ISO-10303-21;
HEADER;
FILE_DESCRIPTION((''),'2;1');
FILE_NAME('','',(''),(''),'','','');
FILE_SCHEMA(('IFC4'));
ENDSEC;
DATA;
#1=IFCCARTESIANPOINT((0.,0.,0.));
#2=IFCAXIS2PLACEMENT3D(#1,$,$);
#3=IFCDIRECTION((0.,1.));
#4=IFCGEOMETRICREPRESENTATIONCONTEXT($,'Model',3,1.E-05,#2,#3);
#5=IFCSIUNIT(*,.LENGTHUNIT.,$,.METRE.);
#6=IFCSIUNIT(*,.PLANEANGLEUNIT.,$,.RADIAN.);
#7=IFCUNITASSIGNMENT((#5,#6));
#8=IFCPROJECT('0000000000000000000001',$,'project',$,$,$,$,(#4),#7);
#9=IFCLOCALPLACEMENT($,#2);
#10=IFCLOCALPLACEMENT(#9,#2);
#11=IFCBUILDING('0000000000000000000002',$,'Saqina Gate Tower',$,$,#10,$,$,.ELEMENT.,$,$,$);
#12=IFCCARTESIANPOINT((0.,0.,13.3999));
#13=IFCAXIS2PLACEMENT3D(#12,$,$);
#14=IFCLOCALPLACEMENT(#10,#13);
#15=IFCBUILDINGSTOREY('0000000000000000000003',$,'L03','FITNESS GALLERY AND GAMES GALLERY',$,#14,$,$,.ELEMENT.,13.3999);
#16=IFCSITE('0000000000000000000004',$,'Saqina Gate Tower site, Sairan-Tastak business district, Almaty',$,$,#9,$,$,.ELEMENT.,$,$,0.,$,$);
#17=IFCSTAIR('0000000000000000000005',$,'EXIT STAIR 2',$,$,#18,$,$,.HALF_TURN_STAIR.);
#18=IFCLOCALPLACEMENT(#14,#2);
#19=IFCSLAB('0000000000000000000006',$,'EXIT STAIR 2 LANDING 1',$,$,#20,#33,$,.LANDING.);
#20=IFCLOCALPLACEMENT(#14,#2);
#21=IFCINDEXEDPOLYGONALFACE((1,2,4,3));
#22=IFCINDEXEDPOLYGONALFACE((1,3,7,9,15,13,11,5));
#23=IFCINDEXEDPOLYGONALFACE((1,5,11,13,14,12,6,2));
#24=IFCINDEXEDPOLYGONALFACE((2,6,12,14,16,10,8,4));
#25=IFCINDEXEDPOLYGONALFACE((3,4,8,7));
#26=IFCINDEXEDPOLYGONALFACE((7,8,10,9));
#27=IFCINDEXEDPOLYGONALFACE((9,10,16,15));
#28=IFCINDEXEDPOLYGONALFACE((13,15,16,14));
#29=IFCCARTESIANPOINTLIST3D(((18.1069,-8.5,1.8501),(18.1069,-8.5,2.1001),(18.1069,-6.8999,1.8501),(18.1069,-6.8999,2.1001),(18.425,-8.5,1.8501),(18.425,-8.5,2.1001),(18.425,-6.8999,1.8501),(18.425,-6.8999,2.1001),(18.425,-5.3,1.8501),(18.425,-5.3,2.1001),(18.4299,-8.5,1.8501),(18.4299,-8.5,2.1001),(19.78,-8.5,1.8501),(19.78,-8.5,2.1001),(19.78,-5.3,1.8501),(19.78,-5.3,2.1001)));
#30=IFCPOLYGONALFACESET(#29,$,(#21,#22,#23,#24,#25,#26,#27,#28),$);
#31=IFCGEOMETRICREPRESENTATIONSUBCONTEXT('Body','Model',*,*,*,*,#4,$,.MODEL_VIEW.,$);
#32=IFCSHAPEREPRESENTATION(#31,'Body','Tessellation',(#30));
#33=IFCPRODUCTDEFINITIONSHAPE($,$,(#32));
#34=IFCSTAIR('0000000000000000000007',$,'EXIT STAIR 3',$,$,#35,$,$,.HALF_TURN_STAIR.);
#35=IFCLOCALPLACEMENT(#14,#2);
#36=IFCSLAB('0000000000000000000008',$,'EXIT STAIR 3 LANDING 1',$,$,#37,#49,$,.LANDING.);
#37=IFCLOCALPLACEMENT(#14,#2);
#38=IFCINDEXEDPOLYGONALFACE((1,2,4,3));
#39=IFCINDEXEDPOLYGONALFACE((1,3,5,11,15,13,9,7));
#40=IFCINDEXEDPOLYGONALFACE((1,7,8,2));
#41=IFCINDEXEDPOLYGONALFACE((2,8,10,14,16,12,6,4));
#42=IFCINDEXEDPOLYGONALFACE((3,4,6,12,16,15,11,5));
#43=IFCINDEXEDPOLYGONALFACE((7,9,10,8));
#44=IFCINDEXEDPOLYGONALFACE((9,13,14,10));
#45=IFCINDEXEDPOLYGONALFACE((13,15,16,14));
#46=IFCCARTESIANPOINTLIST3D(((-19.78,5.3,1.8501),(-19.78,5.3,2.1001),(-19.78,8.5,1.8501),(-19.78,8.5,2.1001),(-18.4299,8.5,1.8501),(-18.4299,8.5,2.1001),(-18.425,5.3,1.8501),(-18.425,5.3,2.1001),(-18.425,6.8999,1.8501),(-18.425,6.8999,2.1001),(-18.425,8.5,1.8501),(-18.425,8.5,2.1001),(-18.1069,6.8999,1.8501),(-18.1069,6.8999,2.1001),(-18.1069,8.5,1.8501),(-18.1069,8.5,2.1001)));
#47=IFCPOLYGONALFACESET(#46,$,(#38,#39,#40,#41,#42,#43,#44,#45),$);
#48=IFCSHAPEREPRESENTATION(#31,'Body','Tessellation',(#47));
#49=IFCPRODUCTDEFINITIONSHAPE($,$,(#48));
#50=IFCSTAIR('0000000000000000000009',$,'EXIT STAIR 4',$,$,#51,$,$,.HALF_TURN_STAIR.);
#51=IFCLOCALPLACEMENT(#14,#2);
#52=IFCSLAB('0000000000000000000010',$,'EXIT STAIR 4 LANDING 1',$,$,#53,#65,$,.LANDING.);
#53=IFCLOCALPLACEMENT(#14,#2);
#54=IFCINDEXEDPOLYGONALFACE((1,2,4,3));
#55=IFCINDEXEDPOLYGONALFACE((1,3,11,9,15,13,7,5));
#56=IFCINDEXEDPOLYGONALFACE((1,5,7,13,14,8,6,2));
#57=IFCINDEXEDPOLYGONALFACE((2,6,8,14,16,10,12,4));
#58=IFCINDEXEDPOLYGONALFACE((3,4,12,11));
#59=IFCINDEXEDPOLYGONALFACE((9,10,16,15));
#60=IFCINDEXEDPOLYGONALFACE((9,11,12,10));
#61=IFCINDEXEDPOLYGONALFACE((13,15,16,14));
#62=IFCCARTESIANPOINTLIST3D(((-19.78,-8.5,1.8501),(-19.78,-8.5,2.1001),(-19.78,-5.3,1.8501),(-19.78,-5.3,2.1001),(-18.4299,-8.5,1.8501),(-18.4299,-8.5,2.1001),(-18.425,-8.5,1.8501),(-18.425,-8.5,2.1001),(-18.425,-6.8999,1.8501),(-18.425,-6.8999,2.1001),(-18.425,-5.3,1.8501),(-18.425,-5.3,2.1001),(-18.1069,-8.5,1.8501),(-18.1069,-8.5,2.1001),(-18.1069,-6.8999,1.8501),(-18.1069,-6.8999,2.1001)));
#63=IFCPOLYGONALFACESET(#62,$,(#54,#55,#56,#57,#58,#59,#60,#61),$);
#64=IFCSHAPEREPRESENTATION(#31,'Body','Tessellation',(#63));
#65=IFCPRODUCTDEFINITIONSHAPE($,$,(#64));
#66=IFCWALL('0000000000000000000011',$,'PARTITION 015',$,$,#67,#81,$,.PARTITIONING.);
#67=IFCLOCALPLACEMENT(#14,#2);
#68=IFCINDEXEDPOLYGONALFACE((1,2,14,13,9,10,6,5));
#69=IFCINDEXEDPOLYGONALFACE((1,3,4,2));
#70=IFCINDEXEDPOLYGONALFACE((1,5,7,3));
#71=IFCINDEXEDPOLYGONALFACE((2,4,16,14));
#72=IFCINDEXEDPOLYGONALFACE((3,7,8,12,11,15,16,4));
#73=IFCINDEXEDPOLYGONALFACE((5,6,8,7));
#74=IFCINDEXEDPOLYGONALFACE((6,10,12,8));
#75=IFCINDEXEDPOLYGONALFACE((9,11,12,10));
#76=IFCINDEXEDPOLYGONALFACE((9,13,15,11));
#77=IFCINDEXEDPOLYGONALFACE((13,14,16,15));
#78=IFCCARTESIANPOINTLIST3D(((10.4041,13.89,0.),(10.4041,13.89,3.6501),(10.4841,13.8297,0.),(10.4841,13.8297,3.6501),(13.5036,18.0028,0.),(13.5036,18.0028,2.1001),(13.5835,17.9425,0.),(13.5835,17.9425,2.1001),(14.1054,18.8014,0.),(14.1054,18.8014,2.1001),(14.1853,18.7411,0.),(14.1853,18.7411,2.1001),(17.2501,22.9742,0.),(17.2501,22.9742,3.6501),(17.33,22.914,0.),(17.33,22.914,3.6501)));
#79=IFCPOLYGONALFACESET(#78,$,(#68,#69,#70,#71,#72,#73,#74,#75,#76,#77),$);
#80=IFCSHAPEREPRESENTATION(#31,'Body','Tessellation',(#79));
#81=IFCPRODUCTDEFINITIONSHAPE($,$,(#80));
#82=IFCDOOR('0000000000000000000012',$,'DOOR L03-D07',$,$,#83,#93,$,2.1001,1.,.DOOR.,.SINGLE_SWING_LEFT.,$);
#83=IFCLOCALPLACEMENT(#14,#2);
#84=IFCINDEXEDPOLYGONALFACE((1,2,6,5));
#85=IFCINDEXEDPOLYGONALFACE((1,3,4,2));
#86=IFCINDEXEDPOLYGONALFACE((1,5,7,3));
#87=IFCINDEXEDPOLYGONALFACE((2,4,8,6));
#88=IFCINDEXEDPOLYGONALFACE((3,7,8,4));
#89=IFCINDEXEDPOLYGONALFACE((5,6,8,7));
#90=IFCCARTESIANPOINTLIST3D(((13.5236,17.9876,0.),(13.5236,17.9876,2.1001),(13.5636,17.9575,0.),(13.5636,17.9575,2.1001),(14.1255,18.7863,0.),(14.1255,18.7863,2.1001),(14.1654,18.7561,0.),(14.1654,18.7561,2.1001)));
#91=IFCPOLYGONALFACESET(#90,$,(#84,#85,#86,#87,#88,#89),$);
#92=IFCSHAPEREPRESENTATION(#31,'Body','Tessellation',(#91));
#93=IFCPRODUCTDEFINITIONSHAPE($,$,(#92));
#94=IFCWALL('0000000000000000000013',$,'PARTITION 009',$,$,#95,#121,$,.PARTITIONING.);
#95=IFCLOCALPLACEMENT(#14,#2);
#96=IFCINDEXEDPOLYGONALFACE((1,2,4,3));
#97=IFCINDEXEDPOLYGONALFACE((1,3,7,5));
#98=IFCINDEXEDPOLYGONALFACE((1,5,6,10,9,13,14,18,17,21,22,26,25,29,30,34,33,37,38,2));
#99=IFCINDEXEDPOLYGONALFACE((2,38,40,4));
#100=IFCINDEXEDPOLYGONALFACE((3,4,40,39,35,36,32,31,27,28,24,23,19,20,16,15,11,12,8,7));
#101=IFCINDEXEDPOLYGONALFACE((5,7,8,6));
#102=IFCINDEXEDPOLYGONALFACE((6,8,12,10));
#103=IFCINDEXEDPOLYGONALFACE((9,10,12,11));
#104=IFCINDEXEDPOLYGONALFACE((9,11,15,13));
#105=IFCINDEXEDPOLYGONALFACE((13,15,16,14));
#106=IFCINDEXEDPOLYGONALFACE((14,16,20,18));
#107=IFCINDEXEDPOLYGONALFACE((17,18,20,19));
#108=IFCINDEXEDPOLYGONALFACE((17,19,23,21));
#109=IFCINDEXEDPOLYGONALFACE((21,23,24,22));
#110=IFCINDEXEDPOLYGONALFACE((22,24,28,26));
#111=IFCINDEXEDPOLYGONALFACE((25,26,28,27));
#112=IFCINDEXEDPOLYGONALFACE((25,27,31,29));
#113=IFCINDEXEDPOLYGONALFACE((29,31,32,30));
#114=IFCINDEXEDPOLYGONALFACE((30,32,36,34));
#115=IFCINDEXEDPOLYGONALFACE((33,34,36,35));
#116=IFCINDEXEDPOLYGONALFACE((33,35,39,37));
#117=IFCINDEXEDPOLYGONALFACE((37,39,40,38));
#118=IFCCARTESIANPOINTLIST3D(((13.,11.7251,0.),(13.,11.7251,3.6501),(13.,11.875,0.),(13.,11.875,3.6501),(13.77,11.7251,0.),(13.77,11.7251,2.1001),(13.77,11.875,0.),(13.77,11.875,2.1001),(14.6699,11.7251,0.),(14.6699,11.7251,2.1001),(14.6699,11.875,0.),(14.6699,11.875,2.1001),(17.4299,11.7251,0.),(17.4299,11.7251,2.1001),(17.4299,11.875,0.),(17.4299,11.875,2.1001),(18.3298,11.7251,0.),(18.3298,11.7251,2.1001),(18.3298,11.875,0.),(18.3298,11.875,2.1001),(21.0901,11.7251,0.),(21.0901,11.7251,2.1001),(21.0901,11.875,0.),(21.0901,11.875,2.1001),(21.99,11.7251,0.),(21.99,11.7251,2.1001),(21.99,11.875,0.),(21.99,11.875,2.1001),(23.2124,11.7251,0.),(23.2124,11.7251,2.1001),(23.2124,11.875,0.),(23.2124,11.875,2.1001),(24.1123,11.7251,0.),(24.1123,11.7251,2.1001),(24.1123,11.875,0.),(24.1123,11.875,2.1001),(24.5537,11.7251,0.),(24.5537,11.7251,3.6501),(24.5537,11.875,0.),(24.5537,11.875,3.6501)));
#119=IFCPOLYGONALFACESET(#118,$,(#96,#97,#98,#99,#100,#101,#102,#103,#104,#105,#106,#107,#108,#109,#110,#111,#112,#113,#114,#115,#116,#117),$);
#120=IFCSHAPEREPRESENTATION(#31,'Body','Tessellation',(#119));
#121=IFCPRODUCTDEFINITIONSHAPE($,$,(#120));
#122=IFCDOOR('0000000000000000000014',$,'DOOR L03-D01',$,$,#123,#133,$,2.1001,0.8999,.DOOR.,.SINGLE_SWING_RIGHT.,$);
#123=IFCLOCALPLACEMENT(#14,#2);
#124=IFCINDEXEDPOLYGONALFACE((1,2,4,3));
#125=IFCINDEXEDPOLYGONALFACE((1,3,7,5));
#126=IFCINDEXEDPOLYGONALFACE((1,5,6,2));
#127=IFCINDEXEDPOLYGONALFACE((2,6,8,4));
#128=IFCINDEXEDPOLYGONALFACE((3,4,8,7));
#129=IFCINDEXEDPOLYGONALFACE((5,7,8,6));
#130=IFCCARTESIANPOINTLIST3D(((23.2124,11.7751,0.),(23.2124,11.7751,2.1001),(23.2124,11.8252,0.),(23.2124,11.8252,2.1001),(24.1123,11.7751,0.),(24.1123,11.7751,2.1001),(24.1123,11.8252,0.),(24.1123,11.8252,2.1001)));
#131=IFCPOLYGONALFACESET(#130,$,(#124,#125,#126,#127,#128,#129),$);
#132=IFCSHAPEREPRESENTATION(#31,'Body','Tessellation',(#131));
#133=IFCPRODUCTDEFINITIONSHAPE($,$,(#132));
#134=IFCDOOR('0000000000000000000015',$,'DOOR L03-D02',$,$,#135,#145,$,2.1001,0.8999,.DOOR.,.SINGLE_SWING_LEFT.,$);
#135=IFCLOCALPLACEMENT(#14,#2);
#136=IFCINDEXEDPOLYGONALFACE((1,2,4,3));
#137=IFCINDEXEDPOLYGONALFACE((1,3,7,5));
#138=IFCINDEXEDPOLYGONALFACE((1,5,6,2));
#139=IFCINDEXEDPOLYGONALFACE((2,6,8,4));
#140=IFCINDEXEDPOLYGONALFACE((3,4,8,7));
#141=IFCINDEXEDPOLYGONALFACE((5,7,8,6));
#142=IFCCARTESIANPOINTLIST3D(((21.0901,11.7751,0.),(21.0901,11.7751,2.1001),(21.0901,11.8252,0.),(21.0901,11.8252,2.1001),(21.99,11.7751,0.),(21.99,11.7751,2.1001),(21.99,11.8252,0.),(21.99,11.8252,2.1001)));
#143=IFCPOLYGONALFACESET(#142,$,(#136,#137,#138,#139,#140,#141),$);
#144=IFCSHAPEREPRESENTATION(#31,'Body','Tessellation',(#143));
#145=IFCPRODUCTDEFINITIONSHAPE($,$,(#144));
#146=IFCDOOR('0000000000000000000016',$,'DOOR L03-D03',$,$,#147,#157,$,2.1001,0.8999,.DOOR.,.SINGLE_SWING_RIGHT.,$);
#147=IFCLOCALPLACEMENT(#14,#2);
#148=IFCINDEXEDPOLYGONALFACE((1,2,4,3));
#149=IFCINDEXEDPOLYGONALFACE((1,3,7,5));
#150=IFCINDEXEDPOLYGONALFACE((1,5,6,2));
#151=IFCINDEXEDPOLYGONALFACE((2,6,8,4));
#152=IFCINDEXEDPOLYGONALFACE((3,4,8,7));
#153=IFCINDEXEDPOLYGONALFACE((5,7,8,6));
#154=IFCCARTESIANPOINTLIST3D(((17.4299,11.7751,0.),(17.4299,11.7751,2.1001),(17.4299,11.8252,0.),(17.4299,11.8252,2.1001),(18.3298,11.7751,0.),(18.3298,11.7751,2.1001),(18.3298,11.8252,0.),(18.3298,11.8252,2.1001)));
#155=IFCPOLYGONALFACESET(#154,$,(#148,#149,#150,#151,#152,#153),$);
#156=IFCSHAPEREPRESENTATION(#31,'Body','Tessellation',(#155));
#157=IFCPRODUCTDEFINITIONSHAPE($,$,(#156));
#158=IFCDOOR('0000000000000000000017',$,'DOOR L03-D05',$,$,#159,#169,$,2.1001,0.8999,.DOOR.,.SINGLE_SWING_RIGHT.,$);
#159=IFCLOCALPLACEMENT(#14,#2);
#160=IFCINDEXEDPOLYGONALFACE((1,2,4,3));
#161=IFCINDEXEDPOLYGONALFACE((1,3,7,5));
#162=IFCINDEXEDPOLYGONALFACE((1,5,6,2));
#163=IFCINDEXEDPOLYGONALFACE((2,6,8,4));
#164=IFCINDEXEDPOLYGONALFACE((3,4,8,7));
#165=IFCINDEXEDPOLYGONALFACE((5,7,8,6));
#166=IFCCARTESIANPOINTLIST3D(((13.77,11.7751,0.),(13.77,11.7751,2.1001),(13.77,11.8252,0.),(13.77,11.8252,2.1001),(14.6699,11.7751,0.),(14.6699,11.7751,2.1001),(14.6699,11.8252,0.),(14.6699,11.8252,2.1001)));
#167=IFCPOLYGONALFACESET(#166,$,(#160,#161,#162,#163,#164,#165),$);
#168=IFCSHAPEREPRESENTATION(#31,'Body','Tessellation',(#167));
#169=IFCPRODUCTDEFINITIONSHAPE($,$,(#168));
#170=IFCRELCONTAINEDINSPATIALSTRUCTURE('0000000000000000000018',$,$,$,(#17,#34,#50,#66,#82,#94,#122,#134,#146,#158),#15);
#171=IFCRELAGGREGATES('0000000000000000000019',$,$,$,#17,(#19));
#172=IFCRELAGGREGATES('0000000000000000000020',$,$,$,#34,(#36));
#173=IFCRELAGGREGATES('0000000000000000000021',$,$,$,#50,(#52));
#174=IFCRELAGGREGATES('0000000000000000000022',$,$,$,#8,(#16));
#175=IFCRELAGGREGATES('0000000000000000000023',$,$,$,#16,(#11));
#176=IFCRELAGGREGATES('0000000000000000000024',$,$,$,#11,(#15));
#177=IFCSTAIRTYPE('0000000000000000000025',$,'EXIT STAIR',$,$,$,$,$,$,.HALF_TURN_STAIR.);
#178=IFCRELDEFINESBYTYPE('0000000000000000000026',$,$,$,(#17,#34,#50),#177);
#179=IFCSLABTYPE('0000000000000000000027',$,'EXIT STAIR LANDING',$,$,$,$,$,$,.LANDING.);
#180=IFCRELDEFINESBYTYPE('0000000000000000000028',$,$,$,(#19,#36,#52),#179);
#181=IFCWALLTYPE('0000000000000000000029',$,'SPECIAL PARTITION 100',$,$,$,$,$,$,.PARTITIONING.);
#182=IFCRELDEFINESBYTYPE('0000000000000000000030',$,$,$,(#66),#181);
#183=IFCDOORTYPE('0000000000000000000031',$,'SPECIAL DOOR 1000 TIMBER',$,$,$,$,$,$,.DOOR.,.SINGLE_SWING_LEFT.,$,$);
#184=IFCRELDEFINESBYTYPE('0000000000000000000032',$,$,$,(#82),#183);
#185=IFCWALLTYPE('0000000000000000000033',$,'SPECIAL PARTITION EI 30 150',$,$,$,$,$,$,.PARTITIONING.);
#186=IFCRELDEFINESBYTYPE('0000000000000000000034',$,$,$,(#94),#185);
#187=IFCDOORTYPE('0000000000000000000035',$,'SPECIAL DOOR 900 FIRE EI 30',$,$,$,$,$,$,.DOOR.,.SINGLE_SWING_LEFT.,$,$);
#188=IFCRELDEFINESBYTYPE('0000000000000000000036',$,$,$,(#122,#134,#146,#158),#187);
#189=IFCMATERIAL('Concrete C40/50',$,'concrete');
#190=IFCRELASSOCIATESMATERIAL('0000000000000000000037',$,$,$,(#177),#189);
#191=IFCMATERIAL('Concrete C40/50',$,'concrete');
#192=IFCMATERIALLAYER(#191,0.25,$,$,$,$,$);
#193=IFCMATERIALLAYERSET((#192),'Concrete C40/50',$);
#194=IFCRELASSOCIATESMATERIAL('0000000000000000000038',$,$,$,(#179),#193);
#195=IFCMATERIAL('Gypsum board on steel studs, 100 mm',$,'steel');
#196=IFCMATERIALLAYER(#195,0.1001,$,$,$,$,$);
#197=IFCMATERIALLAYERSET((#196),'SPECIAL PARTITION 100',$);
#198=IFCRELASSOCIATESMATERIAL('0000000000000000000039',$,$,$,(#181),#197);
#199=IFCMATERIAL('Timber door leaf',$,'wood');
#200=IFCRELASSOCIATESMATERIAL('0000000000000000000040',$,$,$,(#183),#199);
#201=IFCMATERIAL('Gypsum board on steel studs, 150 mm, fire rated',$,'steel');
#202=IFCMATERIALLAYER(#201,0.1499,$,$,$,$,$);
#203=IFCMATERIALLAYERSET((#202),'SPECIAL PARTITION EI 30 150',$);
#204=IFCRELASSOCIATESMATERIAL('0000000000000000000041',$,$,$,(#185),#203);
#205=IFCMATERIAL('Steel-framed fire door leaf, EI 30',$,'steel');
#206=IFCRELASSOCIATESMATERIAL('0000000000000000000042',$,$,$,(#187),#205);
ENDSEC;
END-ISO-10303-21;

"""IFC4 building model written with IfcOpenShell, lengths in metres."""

from ifc_helpers import new_model, si_unit, direction, frame, frame_2d, origin, place, context, subcontext, project, spatial, polyline, rectangle, outline, extrude, material, layer, layer_set, type_object, element, fill, aggregate, save


model = new_model("IFC4")

# Units and contexts
model_context = context("Model", 3, precision=1e-05, world=origin(), true_north=direction((0.0, 1.0)))
body_context = subcontext(model_context, "Body", "Model", "MODEL_VIEW")
ifc_project = project(units=[si_unit("LENGTHUNIT", "METRE"), si_unit("PLANEANGLEUNIT", "RADIAN")], contexts=[model_context])

# Site, building, storey
site_placement = place(None, origin())
site = spatial("IfcSite", under=ifc_project, at=site_placement, Name="Saqina Gate Tower site, Sairan-Tastak business district, Almaty", CompositionType="ELEMENT", RefElevation=0.0)
building_placement = place(site_placement, origin())
building = spatial("IfcBuilding", under=site, at=building_placement, Name="Saqina Gate Tower", CompositionType="ELEMENT")
storey_placement = place(building_placement, frame((0.0, 0.0, 13.3999)))
storey = spatial("IfcBuildingStorey", under=building, at=storey_placement, Name="L03", Description="FITNESS GALLERY AND GAMES GALLERY", CompositionType="ELEMENT", Elevation=13.3999)

# Stairs, slabs
ifc_material_1 = material(Name="Concrete C40/50", Category="concrete")
stair_type = type_object("IfcStairType", Name="EXIT STAIR", PredefinedType="HALF_TURN_STAIR", material=ifc_material_1)
stair_1_placement = place(storey_placement, origin())
stair_1 = element("IfcStair", 1, at=stair_1_placement, inside=storey, type_object=stair_type, Name="EXIT STAIR 2", PredefinedType="HALF_TURN_STAIR")
ifc_material_2 = material(Name="Concrete C40/50", Category="concrete")
ifc_layer_1 = layer(ifc_material_2, 0.25)
ifc_layer_set_1 = layer_set([ifc_layer_1], Name="Concrete C40/50")
slab_type = type_object("IfcSlabType", Name="EXIT STAIR LANDING", PredefinedType="LANDING", material=ifc_layer_set_1)
slab_1_placement = place(storey_placement, frame((0.0, 0.0, 1.8501)))
slab_1 = element("IfcSlab", 2, at=slab_1_placement, type_object=slab_type, Name="EXIT STAIR 2 LANDING 1", PredefinedType="LANDING", context=body_context, shape_type="SweptSolid", body=[
    extrude(outline(polyline([(18.1069, -8.5), (18.1069, -6.8999), (18.425, -6.8999), (18.425, -5.3), (19.78, -5.3), (19.78, -8.5), (18.4299, -8.5), (18.425, -8.5), (18.1069, -8.5)])), origin(), (0.0, 0.0, 1.0), 0.25),
])
aggregate(stair_1, [slab_1])
stair_2_placement = place(storey_placement, origin())
stair_2 = element("IfcStair", 3, at=stair_2_placement, inside=storey, type_object=stair_type, Name="EXIT STAIR 3", PredefinedType="HALF_TURN_STAIR")
slab_2_placement = place(storey_placement, frame((0.0, 0.0, 1.8501)))
slab_2 = element("IfcSlab", 4, at=slab_2_placement, type_object=slab_type, Name="EXIT STAIR 3 LANDING 1", PredefinedType="LANDING", context=body_context, shape_type="SweptSolid", body=[
    extrude(outline(polyline([(-18.425, 5.3), (-19.78, 5.3), (-19.78, 8.5), (-18.4299, 8.5), (-18.425, 8.5), (-18.1069, 8.5), (-18.1069, 6.8999), (-18.425, 6.8999), (-18.425, 5.3)])), origin(), (0.0, 0.0, 1.0), 0.25),
])
aggregate(stair_2, [slab_2])
stair_3_placement = place(storey_placement, origin())
stair_3 = element("IfcStair", 5, at=stair_3_placement, inside=storey, type_object=stair_type, Name="EXIT STAIR 4", PredefinedType="HALF_TURN_STAIR")
slab_3_placement = place(storey_placement, frame((0.0, 0.0, 1.8501)))
slab_3 = element("IfcSlab", 6, at=slab_3_placement, type_object=slab_type, Name="EXIT STAIR 4 LANDING 1", PredefinedType="LANDING", context=body_context, shape_type="SweptSolid", body=[
    extrude(outline(polyline([(-18.1069, -6.8999), (-18.1069, -8.5), (-18.425, -8.5), (-18.4299, -8.5), (-19.78, -8.5), (-19.78, -5.3), (-18.425, -5.3), (-18.425, -6.8999), (-18.1069, -6.8999)])), origin(), (0.0, 0.0, 1.0), 0.25),
])
aggregate(stair_3, [slab_3])

# Wall, opening, door
ifc_material_3 = material(Name="Gypsum board on steel studs, 100 mm", Category="steel")
ifc_layer_2 = layer(ifc_material_3, 0.1001)
ifc_layer_set_2 = layer_set([ifc_layer_2], Name="SPECIAL PARTITION 100")
wall_type_1 = type_object("IfcWallType", Name="SPECIAL PARTITION 100", PredefinedType="PARTITIONING", material=ifc_layer_set_2)
wall_1_placement = place(storey_placement, frame((10.4441, 13.8599, 0.0), z_axis=(0.0, 0.0, 1.0), x_axis=(0.601843, 0.798615, 0.0)))
wall_1 = element("IfcWall", 7, at=wall_1_placement, inside=storey, type_object=wall_type_1, Name="PARTITION 015", PredefinedType="PARTITIONING", context=body_context, shape_type="SweptSolid", body=[
    extrude(rectangle(XDim=11.375, YDim=0.1001, at=frame_2d((5.6875, 0.0))), origin(), (0.0, 0.0, 1.0), 3.6501),
])
opening_1_placement = place(wall_1_placement, frame((5.1499, 0.0, 0.0)))
opening_1 = element("IfcOpeningElement", 8, at=opening_1_placement, cuts=wall_1, PredefinedType="OPENING", context=body_context, shape_type="SweptSolid", body=[
    extrude(rectangle(XDim=1.0, YDim=2.1001, at=frame_2d((0.5, 1.05))), frame((0.0, 0.062, 0.0), z_axis=(0.0, -1.0, 0.0), x_axis=(1.0, 0.0, 0.0)), (0.0, 0.0, 1.0), 0.124),
])
ifc_material_4 = material(Name="Timber door leaf", Category="wood")
door_type_1 = type_object("IfcDoorType", Name="SPECIAL DOOR 1000 TIMBER", OperationType="SINGLE_SWING_LEFT", PredefinedType="DOOR", material=ifc_material_4)
door_1_placement = place(opening_1_placement, origin())
door_1 = element("IfcDoor", 9, at=door_1_placement, inside=storey, type_object=door_type_1, Name="DOOR L03-D07", OperationType="SINGLE_SWING_LEFT", OverallHeight=2.1001, OverallWidth=1.0, PredefinedType="DOOR", context=body_context, shape_type="SweptSolid", body=[
    extrude(rectangle(XDim=1.0, YDim=2.1001, at=frame_2d((0.5, 1.05))), frame((0.0, 0.0249, 0.0), z_axis=(0.0, -1.0, 0.0), x_axis=(1.0, 0.0, 0.0)), (0.0, 0.0, 1.0), 0.05),
])
fill(opening_1, door_1)

# Wall, openings, doors
ifc_material_5 = material(Name="Gypsum board on steel studs, 150 mm, fire rated", Category="steel")
ifc_layer_3 = layer(ifc_material_5, 0.1499)
ifc_layer_set_3 = layer_set([ifc_layer_3], Name="SPECIAL PARTITION EI 30 150")
wall_type_2 = type_object("IfcWallType", Name="SPECIAL PARTITION EI 30 150", PredefinedType="PARTITIONING", material=ifc_layer_set_3)
wall_2_placement = place(storey_placement, frame((13.0, 11.8, 0.0), z_axis=(0.0, 0.0, 1.0), x_axis=(1.0, 0.0, 0.0)))
wall_2 = element("IfcWall", 10, at=wall_2_placement, inside=storey, type_object=wall_type_2, Name="PARTITION 009", PredefinedType="PARTITIONING", context=body_context, shape_type="SweptSolid", body=[
    extrude(rectangle(XDim=11.5537, YDim=0.1499, at=frame_2d((5.7769, 0.0))), origin(), (0.0, 0.0, 1.0), 3.6501),
])
opening_2_placement = place(wall_2_placement, frame((10.2124, 0.0, 0.0)))
opening_2 = element("IfcOpeningElement", 11, at=opening_2_placement, cuts=wall_2, PredefinedType="OPENING", context=body_context, shape_type="SweptSolid", body=[
    extrude(rectangle(XDim=0.8999, YDim=2.1001, at=frame_2d((0.45, 1.05))), frame((0.0, 0.0869, 0.0), z_axis=(0.0, -1.0, 0.0), x_axis=(1.0, 0.0, 0.0)), (0.0, 0.0, 1.0), 0.1738),
])
opening_3_placement = place(wall_2_placement, frame((8.0901, 0.0, 0.0)))
opening_3 = element("IfcOpeningElement", 12, at=opening_3_placement, cuts=wall_2, PredefinedType="OPENING", context=body_context, shape_type="SweptSolid", body=[
    extrude(rectangle(XDim=0.8999, YDim=2.1001, at=frame_2d((0.45, 1.05))), frame((0.0, 0.0869, 0.0), z_axis=(0.0, -1.0, 0.0), x_axis=(1.0, 0.0, 0.0)), (0.0, 0.0, 1.0), 0.1738),
])
opening_4_placement = place(wall_2_placement, frame((4.4299, 0.0, 0.0)))
opening_4 = element("IfcOpeningElement", 13, at=opening_4_placement, cuts=wall_2, PredefinedType="OPENING", context=body_context, shape_type="SweptSolid", body=[
    extrude(rectangle(XDim=0.8999, YDim=2.1001, at=frame_2d((0.45, 1.05))), frame((0.0, 0.0869, 0.0), z_axis=(0.0, -1.0, 0.0), x_axis=(1.0, 0.0, 0.0)), (0.0, 0.0, 1.0), 0.1738),
])
opening_5_placement = place(wall_2_placement, frame((0.77, 0.0, 0.0)))
opening_5 = element("IfcOpeningElement", 14, at=opening_5_placement, cuts=wall_2, PredefinedType="OPENING", context=body_context, shape_type="SweptSolid", body=[
    extrude(rectangle(XDim=0.8999, YDim=2.1001, at=frame_2d((0.45, 1.05))), frame((0.0, 0.0869, 0.0), z_axis=(0.0, -1.0, 0.0), x_axis=(1.0, 0.0, 0.0)), (0.0, 0.0, 1.0), 0.1738),
])
ifc_material_6 = material(Name="Steel-framed fire door leaf, EI 30", Category="steel")
door_type_2 = type_object("IfcDoorType", Name="SPECIAL DOOR 900 FIRE EI 30", OperationType="SINGLE_SWING_LEFT", PredefinedType="DOOR", material=ifc_material_6)
door_2_placement = place(opening_2_placement, frame((0.8999, 0.0, 0.0), z_axis=(0.0, 0.0, 1.0), x_axis=(-1.0, 0.0, 0.0)))
door_2 = element("IfcDoor", 15, at=door_2_placement, inside=storey, type_object=door_type_2, Name="DOOR L03-D01", OperationType="SINGLE_SWING_RIGHT", OverallHeight=2.1001, OverallWidth=0.8999, PredefinedType="DOOR", context=body_context, shape_type="SweptSolid", body=[
    extrude(rectangle(XDim=0.8999, YDim=2.1001, at=frame_2d((0.45, 1.05))), frame((0.0, 0.0249, 0.0), z_axis=(0.0, -1.0, 0.0), x_axis=(1.0, 0.0, 0.0)), (0.0, 0.0, 1.0), 0.05),
])
fill(opening_2, door_2)
door_3_placement = place(opening_3_placement, frame((0.8999, 0.0, 0.0), z_axis=(0.0, 0.0, 1.0), x_axis=(-1.0, 0.0, 0.0)))
door_3 = element("IfcDoor", 16, at=door_3_placement, inside=storey, type_object=door_type_2, Name="DOOR L03-D02", OperationType="SINGLE_SWING_LEFT", OverallHeight=2.1001, OverallWidth=0.8999, PredefinedType="DOOR", context=body_context, shape_type="SweptSolid", body=[
    extrude(rectangle(XDim=0.8999, YDim=2.1001, at=frame_2d((0.45, 1.05))), frame((0.0, 0.0249, 0.0), z_axis=(0.0, -1.0, 0.0), x_axis=(1.0, 0.0, 0.0)), (0.0, 0.0, 1.0), 0.05),
])
fill(opening_3, door_3)
door_4_placement = place(opening_4_placement, frame((0.8999, 0.0, 0.0), z_axis=(0.0, 0.0, 1.0), x_axis=(-1.0, 0.0, 0.0)))
door_4 = element("IfcDoor", 17, at=door_4_placement, inside=storey, type_object=door_type_2, Name="DOOR L03-D03", OperationType="SINGLE_SWING_RIGHT", OverallHeight=2.1001, OverallWidth=0.8999, PredefinedType="DOOR", context=body_context, shape_type="SweptSolid", body=[
    extrude(rectangle(XDim=0.8999, YDim=2.1001, at=frame_2d((0.45, 1.05))), frame((0.0, 0.0249, 0.0), z_axis=(0.0, -1.0, 0.0), x_axis=(1.0, 0.0, 0.0)), (0.0, 0.0, 1.0), 0.05),
])
fill(opening_4, door_4)
door_5_placement = place(opening_5_placement, frame((0.8999, 0.0, 0.0), z_axis=(0.0, 0.0, 1.0), x_axis=(-1.0, 0.0, 0.0)))
door_5 = element("IfcDoor", 18, at=door_5_placement, inside=storey, type_object=door_type_2, Name="DOOR L03-D05", OperationType="SINGLE_SWING_RIGHT", OverallHeight=2.1001, OverallWidth=0.8999, PredefinedType="DOOR", context=body_context, shape_type="SweptSolid", body=[
    extrude(rectangle(XDim=0.8999, YDim=2.1001, at=frame_2d((0.45, 1.05))), frame((0.0, 0.0249, 0.0), z_axis=(0.0, -1.0, 0.0), x_axis=(1.0, 0.0, 0.0)), (0.0, 0.0, 1.0), 0.05),
])
fill(opening_5, door_5)

save(model, "model.ifc")
